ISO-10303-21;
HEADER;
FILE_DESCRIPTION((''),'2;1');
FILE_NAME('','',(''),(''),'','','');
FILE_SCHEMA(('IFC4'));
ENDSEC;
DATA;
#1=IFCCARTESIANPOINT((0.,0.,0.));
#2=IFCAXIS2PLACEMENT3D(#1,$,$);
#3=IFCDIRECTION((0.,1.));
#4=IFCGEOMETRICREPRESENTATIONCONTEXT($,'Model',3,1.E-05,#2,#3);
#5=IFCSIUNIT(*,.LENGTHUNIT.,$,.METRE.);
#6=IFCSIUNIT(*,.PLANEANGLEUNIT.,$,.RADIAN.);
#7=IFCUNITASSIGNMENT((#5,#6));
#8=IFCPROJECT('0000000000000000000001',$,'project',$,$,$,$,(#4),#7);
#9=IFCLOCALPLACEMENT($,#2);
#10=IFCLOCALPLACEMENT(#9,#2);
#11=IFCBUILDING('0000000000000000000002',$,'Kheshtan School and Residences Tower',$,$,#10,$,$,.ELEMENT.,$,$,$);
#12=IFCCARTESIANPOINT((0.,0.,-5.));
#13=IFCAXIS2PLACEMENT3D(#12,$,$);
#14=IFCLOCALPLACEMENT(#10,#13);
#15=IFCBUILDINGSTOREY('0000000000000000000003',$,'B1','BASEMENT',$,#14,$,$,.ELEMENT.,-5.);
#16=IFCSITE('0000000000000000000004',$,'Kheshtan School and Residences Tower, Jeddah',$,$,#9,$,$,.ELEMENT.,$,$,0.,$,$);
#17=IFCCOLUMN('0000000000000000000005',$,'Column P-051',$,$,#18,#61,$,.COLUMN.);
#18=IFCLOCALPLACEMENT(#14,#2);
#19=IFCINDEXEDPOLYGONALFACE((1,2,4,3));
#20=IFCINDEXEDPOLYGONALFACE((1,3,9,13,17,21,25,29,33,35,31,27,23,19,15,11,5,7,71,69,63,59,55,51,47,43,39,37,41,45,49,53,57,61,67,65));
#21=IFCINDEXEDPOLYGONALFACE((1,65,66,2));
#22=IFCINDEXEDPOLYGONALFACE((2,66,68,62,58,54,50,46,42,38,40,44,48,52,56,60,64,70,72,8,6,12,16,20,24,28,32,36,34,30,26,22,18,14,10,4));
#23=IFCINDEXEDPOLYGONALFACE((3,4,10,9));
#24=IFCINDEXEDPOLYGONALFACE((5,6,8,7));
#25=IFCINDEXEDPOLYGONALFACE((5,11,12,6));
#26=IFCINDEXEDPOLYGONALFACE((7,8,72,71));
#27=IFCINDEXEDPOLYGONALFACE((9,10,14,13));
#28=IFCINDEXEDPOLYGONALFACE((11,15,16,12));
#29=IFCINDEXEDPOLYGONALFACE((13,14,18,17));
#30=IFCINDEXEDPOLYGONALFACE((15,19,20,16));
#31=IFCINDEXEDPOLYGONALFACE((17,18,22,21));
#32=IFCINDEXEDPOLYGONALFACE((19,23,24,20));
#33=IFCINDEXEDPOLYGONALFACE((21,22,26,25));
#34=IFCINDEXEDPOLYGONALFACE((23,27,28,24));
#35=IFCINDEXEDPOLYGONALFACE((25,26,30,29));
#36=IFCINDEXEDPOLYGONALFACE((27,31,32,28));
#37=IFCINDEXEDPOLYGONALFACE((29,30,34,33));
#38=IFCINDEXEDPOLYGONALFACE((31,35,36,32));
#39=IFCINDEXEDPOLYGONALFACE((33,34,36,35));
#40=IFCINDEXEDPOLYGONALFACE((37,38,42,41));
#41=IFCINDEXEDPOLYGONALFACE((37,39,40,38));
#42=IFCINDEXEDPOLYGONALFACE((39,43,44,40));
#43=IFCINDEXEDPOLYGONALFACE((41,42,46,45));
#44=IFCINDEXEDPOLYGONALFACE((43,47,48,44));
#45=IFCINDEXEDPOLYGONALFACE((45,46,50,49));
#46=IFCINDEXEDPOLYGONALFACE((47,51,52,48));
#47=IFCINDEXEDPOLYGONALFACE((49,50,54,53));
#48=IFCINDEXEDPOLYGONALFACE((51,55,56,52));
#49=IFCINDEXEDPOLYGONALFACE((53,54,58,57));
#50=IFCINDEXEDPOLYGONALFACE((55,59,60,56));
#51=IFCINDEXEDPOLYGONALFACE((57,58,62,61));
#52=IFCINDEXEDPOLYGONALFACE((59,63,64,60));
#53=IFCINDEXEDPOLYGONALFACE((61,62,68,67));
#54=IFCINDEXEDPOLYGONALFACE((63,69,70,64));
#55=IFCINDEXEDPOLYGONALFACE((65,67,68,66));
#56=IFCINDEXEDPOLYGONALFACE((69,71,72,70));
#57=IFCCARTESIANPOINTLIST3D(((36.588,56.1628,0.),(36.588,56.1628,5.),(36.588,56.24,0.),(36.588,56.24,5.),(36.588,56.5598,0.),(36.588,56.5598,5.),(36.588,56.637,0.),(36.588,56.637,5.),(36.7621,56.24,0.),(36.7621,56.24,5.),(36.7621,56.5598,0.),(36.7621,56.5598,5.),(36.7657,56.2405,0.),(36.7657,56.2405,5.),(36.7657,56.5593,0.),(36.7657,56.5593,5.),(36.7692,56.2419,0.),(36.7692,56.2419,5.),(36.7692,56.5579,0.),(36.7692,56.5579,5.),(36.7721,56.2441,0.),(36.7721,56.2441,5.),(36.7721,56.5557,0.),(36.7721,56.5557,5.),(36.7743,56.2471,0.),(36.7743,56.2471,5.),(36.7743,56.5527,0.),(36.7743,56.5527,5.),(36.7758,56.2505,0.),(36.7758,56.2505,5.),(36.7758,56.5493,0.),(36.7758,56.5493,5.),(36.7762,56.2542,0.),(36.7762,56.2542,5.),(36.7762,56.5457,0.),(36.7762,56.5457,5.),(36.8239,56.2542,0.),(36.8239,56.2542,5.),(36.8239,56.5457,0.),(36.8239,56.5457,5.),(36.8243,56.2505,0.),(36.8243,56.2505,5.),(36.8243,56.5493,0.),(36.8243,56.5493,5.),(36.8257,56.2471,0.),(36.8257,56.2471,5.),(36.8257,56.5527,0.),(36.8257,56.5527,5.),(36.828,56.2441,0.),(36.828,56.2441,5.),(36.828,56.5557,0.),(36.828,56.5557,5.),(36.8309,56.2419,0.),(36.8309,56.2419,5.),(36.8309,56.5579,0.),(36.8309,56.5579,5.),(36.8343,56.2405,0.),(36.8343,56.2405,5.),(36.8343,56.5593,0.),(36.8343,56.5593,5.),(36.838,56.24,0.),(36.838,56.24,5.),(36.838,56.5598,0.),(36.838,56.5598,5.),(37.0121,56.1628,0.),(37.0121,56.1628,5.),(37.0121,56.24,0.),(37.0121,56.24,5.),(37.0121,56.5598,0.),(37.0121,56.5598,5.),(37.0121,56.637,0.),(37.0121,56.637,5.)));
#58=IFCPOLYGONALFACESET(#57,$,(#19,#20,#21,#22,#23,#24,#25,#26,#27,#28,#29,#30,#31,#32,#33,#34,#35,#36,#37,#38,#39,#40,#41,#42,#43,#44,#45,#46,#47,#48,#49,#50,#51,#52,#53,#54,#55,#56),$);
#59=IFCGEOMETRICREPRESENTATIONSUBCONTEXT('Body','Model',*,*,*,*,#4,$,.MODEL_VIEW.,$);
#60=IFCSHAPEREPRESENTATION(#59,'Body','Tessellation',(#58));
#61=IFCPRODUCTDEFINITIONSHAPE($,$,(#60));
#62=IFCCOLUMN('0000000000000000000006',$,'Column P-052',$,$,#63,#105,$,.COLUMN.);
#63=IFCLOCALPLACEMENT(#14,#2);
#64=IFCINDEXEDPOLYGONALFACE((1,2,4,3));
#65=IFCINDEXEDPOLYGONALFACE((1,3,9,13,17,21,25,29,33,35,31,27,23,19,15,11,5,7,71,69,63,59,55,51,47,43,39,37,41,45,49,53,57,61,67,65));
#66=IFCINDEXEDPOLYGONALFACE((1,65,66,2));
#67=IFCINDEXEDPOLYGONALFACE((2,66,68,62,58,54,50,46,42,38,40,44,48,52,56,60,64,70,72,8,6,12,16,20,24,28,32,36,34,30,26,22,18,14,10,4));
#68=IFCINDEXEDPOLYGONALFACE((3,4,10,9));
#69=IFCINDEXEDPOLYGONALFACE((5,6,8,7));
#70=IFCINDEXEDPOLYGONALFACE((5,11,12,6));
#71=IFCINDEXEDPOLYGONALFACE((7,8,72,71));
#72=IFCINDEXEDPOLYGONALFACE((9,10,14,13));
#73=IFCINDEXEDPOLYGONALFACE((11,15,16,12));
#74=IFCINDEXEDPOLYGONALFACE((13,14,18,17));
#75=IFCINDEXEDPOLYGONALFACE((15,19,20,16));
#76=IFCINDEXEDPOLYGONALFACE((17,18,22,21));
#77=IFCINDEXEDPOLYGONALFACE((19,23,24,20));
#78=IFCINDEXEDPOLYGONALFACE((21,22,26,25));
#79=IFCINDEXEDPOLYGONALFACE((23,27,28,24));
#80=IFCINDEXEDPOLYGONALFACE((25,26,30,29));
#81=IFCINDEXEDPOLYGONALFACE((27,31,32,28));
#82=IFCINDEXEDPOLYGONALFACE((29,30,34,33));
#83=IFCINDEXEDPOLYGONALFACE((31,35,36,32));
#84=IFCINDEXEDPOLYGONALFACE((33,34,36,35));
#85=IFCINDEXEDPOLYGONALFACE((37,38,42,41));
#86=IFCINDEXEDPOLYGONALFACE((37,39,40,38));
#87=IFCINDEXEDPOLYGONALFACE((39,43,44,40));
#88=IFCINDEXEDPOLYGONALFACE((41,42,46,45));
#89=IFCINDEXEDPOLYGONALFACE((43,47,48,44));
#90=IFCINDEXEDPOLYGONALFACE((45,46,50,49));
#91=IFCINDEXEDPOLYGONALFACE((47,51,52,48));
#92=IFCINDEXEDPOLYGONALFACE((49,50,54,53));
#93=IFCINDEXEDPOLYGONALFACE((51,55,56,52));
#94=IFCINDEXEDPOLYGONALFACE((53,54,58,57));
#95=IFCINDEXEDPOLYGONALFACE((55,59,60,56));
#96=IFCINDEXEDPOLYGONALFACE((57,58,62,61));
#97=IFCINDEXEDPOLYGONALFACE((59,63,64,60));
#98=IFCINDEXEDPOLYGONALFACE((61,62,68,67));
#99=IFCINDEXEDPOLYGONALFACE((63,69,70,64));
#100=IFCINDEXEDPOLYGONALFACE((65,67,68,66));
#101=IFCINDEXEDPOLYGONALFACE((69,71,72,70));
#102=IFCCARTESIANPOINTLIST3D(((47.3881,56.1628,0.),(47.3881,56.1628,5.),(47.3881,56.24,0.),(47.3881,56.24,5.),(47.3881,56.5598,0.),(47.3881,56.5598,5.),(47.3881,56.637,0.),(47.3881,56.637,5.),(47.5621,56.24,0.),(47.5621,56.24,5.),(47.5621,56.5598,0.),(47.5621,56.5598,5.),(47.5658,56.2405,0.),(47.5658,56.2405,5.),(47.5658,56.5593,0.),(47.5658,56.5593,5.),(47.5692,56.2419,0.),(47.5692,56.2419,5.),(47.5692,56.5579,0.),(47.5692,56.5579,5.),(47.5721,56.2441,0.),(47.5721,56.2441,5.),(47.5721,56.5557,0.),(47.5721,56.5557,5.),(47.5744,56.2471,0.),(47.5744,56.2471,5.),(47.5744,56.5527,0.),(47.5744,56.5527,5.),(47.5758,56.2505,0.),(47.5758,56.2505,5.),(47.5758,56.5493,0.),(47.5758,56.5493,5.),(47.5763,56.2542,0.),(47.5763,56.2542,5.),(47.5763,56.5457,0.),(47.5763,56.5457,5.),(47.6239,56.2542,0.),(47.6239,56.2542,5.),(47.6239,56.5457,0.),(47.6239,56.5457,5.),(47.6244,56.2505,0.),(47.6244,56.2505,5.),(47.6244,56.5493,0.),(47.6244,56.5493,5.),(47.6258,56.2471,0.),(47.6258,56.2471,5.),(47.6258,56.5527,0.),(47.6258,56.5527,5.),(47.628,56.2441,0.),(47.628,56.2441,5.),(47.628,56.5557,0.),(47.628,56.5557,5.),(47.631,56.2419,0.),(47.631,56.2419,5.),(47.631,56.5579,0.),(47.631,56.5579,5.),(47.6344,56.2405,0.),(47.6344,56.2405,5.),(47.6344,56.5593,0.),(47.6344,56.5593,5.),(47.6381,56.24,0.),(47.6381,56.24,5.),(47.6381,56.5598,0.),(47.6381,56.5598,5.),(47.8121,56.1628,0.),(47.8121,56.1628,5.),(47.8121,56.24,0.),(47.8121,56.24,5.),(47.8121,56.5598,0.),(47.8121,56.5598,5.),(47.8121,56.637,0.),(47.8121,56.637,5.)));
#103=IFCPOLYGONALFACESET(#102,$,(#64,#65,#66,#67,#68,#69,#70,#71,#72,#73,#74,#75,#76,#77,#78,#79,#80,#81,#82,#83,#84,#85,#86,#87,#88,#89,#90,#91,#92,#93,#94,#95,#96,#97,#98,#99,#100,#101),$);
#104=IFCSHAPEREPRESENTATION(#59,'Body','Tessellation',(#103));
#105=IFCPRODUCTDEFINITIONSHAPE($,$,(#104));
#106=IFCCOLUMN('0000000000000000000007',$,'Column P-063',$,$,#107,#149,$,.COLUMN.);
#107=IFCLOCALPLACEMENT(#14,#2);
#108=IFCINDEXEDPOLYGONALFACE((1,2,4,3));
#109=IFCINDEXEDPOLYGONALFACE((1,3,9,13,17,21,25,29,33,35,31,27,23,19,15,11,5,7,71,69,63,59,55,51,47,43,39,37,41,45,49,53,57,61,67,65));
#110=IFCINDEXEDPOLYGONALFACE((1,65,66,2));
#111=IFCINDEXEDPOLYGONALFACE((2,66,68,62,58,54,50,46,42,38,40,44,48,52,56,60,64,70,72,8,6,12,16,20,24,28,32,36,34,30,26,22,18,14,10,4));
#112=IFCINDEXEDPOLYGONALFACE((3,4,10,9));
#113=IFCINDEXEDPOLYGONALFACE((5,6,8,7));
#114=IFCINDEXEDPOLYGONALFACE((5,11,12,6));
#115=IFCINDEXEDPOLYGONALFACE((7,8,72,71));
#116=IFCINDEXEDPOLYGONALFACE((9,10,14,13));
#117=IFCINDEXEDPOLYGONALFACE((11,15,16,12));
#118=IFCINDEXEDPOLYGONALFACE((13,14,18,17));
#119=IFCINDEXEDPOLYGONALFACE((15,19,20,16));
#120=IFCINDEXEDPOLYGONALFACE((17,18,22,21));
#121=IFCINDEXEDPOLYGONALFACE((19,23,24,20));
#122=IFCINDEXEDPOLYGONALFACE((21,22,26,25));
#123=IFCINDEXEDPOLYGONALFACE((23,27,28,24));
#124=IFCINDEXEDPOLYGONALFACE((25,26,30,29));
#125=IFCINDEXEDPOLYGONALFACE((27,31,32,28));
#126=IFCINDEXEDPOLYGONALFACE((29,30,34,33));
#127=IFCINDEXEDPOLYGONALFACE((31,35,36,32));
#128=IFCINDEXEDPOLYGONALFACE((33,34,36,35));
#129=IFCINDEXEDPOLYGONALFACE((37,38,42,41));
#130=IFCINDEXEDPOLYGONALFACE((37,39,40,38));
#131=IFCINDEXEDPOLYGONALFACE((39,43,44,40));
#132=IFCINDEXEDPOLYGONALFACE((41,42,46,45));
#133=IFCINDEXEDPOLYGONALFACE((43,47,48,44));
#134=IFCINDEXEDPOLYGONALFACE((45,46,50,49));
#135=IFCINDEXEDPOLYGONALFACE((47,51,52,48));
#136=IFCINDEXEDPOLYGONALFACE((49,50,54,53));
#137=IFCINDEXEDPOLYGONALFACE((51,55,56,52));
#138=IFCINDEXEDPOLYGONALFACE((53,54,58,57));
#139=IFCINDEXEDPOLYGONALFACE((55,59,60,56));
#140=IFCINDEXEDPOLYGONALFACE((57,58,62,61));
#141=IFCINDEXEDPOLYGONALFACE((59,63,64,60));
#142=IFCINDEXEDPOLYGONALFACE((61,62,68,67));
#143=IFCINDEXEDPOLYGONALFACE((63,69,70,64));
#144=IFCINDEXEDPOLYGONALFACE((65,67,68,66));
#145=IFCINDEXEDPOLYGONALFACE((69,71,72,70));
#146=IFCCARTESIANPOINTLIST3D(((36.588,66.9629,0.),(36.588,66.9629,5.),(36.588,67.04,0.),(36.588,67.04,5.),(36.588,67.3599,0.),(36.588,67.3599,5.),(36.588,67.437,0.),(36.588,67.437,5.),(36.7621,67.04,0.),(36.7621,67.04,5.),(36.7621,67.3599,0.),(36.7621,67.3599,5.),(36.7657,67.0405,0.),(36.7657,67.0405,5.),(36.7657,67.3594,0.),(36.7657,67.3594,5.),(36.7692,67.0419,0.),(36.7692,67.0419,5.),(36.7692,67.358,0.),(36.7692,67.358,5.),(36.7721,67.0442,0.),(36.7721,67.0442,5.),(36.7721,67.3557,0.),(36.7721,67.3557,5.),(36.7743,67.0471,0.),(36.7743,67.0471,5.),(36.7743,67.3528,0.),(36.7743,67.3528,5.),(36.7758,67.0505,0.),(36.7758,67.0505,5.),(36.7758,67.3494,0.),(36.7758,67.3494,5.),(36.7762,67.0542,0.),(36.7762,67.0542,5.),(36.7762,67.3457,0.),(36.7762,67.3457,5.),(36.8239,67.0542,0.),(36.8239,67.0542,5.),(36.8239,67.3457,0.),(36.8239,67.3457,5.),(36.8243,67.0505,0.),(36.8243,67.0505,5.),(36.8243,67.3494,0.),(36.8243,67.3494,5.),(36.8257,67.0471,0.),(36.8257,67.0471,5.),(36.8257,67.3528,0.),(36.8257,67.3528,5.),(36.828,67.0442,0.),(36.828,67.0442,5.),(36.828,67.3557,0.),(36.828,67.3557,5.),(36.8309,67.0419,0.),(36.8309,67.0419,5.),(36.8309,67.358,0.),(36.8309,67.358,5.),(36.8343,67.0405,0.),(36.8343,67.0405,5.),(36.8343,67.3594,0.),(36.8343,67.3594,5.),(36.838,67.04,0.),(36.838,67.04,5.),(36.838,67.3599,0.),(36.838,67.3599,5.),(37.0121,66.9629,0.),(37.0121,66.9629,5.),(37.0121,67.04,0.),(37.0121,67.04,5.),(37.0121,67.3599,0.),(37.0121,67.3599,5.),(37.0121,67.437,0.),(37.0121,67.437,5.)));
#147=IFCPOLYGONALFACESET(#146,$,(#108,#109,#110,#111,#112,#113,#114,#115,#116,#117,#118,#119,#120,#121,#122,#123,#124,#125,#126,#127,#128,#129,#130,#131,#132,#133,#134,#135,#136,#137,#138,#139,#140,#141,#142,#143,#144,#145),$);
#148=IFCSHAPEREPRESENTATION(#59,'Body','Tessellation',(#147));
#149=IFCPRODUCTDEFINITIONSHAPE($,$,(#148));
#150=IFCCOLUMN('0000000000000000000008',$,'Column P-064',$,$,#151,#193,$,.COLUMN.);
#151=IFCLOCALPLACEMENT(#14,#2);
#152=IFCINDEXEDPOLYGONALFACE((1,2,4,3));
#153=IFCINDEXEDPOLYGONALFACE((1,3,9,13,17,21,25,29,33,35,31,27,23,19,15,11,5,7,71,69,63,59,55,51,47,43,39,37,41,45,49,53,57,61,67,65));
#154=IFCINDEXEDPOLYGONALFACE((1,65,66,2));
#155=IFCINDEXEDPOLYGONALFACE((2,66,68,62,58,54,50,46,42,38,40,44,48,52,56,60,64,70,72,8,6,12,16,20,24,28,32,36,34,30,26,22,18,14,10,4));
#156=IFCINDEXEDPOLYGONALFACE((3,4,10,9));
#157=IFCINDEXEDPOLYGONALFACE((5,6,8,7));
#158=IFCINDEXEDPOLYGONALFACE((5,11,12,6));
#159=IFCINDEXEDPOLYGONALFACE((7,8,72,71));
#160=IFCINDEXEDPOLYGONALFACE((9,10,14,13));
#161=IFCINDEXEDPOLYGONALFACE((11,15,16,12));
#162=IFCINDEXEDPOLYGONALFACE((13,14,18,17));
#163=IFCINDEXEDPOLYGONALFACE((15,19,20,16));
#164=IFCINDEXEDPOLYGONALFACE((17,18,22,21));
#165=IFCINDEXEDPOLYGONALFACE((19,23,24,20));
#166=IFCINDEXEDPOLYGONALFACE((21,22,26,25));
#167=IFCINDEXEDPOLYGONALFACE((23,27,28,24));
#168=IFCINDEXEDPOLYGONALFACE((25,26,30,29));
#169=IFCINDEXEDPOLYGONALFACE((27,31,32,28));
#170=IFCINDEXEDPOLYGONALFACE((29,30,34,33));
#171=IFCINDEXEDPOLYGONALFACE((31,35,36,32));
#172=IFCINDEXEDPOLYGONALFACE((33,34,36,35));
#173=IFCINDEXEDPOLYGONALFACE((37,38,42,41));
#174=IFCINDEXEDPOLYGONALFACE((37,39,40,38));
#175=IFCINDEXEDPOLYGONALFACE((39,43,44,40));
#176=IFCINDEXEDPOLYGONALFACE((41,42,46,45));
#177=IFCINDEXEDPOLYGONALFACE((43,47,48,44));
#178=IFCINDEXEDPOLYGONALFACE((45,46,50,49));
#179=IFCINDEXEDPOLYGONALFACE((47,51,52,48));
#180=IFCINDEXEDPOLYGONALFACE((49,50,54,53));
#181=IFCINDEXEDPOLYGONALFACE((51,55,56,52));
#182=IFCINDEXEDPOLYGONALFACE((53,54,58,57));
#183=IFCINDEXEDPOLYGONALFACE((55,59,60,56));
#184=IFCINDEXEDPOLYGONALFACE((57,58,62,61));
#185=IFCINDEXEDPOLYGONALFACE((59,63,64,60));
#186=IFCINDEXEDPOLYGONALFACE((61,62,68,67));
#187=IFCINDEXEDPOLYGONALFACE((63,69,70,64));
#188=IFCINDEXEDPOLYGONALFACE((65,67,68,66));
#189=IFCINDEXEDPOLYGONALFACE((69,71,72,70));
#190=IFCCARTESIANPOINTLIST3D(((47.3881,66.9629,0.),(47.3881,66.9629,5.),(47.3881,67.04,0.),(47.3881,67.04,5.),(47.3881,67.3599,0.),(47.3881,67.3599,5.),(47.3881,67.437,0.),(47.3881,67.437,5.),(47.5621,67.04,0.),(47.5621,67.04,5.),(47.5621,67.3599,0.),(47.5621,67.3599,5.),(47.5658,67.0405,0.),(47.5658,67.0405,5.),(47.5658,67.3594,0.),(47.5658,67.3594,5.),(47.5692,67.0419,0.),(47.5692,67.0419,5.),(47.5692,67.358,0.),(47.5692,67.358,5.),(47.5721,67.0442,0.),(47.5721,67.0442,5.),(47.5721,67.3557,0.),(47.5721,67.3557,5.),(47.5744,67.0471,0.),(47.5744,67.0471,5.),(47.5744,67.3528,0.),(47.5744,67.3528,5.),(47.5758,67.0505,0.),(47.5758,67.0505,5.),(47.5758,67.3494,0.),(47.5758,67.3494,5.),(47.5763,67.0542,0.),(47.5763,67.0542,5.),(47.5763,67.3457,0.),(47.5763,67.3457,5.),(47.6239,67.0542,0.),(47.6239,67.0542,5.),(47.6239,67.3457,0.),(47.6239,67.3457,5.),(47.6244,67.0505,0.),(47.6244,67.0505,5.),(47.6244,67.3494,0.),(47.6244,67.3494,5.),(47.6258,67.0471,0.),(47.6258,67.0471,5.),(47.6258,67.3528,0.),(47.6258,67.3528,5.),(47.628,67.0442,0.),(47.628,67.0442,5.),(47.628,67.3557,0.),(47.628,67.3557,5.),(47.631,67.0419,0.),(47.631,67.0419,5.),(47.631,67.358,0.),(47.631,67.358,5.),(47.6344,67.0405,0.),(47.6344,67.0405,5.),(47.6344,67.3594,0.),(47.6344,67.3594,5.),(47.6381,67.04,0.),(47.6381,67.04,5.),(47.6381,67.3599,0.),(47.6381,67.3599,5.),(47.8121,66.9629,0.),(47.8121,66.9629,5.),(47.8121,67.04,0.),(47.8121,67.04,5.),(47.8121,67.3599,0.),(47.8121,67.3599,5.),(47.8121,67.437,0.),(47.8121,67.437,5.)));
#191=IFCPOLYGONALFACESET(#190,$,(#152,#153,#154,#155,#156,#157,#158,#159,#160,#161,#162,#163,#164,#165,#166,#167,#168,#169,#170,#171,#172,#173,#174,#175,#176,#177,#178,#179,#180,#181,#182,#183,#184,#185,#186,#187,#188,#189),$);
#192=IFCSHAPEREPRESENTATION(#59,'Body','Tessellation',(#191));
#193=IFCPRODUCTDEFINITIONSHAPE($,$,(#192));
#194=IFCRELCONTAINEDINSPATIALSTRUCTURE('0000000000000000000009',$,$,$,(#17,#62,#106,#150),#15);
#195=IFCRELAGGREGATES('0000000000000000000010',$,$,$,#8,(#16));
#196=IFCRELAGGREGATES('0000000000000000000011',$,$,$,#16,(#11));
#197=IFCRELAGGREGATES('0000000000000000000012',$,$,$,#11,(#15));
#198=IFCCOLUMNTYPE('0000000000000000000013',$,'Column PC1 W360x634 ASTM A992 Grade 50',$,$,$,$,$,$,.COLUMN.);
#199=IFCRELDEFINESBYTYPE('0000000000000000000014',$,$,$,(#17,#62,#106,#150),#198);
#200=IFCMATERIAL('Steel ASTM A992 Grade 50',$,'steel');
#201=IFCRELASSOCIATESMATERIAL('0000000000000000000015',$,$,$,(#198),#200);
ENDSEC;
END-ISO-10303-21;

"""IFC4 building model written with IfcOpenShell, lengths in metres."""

from ifc_helpers import new_model, si_unit, direction, frame, origin, origin_2d, place, context, subcontext, project, spatial, i_section, extrude, material, material_profile, profile_set, type_object, element, save


model = new_model("IFC4")

# Units and contexts
model_context = context("Model", 3, precision=1e-05, world=origin(), true_north=direction((0.0, 1.0)))
body_context = subcontext(model_context, "Body", "Model", "MODEL_VIEW")
ifc_project = project(units=[si_unit("LENGTHUNIT", "METRE"), si_unit("PLANEANGLEUNIT", "RADIAN")], contexts=[model_context])

# Site, building, storey
site_placement = place(None, origin())
site = spatial("IfcSite", under=ifc_project, at=site_placement, Name="Kheshtan School and Residences Tower, Jeddah", CompositionType="ELEMENT", RefElevation=0.0)
building_placement = place(site_placement, origin())
building = spatial("IfcBuilding", under=site, at=building_placement, Name="Kheshtan School and Residences Tower", CompositionType="ELEMENT")
storey_placement = place(building_placement, frame((0.0, 0.0, -5.0)))
storey = spatial("IfcBuildingStorey", under=building, at=storey_placement, Name="B1", Description="BASEMENT", CompositionType="ELEMENT", Elevation=-5.0)

# Columns
ifc_material_1 = material(Name="Steel ASTM A992 Grade 50", Category="steel")
ifc_material_profile = material_profile(ifc_material_1, i_section(OverallWidth=0.4241, OverallDepth=0.4741, WebThickness=0.0476, FlangeThickness=0.0771, FilletRadius=0.0142, at=origin_2d()), Name="W360x634")
ifc_profile_set = profile_set([ifc_material_profile], Name="Steel ASTM A992 Grade 50")
column_type = type_object("IfcColumnType", Name="Column PC1 W360x634 ASTM A992 Grade 50", PredefinedType="COLUMN", material=ifc_profile_set)
for number, where, z_axis, x_axis, name in (
    (1, (36.8, 56.3999, 0.0), (0.0, 0.0, 1.0), (1.0, 0.0, 0.0), "Column P-051"),
    (2, (47.6001, 56.3999, 0.0), (0.0, 0.0, 1.0), (1.0, 0.0, 0.0), "Column P-052"),
    (3, (36.8, 67.2, 0.0), (0.0, 0.0, 1.0), (1.0, 0.0, 0.0), "Column P-063"),
    (4, (47.6001, 67.2, 0.0), (0.0, 0.0, 1.0), (1.0, 0.0, 0.0), "Column P-064"),
):
    element("IfcColumn", number, at=place(storey_placement, frame(where, z_axis=z_axis, x_axis=x_axis)), inside=storey, type_object=column_type, Name=name, PredefinedType="COLUMN", context=body_context, shape_type="SweptSolid", body=[
        extrude(i_section(OverallWidth=0.4241, OverallDepth=0.4741, WebThickness=0.0476, FlangeThickness=0.0771, FilletRadius=0.0142, at=origin_2d()), origin(), (0.0, 0.0, 1.0), 5.0),
    ])

save(model, "model.ifc")
